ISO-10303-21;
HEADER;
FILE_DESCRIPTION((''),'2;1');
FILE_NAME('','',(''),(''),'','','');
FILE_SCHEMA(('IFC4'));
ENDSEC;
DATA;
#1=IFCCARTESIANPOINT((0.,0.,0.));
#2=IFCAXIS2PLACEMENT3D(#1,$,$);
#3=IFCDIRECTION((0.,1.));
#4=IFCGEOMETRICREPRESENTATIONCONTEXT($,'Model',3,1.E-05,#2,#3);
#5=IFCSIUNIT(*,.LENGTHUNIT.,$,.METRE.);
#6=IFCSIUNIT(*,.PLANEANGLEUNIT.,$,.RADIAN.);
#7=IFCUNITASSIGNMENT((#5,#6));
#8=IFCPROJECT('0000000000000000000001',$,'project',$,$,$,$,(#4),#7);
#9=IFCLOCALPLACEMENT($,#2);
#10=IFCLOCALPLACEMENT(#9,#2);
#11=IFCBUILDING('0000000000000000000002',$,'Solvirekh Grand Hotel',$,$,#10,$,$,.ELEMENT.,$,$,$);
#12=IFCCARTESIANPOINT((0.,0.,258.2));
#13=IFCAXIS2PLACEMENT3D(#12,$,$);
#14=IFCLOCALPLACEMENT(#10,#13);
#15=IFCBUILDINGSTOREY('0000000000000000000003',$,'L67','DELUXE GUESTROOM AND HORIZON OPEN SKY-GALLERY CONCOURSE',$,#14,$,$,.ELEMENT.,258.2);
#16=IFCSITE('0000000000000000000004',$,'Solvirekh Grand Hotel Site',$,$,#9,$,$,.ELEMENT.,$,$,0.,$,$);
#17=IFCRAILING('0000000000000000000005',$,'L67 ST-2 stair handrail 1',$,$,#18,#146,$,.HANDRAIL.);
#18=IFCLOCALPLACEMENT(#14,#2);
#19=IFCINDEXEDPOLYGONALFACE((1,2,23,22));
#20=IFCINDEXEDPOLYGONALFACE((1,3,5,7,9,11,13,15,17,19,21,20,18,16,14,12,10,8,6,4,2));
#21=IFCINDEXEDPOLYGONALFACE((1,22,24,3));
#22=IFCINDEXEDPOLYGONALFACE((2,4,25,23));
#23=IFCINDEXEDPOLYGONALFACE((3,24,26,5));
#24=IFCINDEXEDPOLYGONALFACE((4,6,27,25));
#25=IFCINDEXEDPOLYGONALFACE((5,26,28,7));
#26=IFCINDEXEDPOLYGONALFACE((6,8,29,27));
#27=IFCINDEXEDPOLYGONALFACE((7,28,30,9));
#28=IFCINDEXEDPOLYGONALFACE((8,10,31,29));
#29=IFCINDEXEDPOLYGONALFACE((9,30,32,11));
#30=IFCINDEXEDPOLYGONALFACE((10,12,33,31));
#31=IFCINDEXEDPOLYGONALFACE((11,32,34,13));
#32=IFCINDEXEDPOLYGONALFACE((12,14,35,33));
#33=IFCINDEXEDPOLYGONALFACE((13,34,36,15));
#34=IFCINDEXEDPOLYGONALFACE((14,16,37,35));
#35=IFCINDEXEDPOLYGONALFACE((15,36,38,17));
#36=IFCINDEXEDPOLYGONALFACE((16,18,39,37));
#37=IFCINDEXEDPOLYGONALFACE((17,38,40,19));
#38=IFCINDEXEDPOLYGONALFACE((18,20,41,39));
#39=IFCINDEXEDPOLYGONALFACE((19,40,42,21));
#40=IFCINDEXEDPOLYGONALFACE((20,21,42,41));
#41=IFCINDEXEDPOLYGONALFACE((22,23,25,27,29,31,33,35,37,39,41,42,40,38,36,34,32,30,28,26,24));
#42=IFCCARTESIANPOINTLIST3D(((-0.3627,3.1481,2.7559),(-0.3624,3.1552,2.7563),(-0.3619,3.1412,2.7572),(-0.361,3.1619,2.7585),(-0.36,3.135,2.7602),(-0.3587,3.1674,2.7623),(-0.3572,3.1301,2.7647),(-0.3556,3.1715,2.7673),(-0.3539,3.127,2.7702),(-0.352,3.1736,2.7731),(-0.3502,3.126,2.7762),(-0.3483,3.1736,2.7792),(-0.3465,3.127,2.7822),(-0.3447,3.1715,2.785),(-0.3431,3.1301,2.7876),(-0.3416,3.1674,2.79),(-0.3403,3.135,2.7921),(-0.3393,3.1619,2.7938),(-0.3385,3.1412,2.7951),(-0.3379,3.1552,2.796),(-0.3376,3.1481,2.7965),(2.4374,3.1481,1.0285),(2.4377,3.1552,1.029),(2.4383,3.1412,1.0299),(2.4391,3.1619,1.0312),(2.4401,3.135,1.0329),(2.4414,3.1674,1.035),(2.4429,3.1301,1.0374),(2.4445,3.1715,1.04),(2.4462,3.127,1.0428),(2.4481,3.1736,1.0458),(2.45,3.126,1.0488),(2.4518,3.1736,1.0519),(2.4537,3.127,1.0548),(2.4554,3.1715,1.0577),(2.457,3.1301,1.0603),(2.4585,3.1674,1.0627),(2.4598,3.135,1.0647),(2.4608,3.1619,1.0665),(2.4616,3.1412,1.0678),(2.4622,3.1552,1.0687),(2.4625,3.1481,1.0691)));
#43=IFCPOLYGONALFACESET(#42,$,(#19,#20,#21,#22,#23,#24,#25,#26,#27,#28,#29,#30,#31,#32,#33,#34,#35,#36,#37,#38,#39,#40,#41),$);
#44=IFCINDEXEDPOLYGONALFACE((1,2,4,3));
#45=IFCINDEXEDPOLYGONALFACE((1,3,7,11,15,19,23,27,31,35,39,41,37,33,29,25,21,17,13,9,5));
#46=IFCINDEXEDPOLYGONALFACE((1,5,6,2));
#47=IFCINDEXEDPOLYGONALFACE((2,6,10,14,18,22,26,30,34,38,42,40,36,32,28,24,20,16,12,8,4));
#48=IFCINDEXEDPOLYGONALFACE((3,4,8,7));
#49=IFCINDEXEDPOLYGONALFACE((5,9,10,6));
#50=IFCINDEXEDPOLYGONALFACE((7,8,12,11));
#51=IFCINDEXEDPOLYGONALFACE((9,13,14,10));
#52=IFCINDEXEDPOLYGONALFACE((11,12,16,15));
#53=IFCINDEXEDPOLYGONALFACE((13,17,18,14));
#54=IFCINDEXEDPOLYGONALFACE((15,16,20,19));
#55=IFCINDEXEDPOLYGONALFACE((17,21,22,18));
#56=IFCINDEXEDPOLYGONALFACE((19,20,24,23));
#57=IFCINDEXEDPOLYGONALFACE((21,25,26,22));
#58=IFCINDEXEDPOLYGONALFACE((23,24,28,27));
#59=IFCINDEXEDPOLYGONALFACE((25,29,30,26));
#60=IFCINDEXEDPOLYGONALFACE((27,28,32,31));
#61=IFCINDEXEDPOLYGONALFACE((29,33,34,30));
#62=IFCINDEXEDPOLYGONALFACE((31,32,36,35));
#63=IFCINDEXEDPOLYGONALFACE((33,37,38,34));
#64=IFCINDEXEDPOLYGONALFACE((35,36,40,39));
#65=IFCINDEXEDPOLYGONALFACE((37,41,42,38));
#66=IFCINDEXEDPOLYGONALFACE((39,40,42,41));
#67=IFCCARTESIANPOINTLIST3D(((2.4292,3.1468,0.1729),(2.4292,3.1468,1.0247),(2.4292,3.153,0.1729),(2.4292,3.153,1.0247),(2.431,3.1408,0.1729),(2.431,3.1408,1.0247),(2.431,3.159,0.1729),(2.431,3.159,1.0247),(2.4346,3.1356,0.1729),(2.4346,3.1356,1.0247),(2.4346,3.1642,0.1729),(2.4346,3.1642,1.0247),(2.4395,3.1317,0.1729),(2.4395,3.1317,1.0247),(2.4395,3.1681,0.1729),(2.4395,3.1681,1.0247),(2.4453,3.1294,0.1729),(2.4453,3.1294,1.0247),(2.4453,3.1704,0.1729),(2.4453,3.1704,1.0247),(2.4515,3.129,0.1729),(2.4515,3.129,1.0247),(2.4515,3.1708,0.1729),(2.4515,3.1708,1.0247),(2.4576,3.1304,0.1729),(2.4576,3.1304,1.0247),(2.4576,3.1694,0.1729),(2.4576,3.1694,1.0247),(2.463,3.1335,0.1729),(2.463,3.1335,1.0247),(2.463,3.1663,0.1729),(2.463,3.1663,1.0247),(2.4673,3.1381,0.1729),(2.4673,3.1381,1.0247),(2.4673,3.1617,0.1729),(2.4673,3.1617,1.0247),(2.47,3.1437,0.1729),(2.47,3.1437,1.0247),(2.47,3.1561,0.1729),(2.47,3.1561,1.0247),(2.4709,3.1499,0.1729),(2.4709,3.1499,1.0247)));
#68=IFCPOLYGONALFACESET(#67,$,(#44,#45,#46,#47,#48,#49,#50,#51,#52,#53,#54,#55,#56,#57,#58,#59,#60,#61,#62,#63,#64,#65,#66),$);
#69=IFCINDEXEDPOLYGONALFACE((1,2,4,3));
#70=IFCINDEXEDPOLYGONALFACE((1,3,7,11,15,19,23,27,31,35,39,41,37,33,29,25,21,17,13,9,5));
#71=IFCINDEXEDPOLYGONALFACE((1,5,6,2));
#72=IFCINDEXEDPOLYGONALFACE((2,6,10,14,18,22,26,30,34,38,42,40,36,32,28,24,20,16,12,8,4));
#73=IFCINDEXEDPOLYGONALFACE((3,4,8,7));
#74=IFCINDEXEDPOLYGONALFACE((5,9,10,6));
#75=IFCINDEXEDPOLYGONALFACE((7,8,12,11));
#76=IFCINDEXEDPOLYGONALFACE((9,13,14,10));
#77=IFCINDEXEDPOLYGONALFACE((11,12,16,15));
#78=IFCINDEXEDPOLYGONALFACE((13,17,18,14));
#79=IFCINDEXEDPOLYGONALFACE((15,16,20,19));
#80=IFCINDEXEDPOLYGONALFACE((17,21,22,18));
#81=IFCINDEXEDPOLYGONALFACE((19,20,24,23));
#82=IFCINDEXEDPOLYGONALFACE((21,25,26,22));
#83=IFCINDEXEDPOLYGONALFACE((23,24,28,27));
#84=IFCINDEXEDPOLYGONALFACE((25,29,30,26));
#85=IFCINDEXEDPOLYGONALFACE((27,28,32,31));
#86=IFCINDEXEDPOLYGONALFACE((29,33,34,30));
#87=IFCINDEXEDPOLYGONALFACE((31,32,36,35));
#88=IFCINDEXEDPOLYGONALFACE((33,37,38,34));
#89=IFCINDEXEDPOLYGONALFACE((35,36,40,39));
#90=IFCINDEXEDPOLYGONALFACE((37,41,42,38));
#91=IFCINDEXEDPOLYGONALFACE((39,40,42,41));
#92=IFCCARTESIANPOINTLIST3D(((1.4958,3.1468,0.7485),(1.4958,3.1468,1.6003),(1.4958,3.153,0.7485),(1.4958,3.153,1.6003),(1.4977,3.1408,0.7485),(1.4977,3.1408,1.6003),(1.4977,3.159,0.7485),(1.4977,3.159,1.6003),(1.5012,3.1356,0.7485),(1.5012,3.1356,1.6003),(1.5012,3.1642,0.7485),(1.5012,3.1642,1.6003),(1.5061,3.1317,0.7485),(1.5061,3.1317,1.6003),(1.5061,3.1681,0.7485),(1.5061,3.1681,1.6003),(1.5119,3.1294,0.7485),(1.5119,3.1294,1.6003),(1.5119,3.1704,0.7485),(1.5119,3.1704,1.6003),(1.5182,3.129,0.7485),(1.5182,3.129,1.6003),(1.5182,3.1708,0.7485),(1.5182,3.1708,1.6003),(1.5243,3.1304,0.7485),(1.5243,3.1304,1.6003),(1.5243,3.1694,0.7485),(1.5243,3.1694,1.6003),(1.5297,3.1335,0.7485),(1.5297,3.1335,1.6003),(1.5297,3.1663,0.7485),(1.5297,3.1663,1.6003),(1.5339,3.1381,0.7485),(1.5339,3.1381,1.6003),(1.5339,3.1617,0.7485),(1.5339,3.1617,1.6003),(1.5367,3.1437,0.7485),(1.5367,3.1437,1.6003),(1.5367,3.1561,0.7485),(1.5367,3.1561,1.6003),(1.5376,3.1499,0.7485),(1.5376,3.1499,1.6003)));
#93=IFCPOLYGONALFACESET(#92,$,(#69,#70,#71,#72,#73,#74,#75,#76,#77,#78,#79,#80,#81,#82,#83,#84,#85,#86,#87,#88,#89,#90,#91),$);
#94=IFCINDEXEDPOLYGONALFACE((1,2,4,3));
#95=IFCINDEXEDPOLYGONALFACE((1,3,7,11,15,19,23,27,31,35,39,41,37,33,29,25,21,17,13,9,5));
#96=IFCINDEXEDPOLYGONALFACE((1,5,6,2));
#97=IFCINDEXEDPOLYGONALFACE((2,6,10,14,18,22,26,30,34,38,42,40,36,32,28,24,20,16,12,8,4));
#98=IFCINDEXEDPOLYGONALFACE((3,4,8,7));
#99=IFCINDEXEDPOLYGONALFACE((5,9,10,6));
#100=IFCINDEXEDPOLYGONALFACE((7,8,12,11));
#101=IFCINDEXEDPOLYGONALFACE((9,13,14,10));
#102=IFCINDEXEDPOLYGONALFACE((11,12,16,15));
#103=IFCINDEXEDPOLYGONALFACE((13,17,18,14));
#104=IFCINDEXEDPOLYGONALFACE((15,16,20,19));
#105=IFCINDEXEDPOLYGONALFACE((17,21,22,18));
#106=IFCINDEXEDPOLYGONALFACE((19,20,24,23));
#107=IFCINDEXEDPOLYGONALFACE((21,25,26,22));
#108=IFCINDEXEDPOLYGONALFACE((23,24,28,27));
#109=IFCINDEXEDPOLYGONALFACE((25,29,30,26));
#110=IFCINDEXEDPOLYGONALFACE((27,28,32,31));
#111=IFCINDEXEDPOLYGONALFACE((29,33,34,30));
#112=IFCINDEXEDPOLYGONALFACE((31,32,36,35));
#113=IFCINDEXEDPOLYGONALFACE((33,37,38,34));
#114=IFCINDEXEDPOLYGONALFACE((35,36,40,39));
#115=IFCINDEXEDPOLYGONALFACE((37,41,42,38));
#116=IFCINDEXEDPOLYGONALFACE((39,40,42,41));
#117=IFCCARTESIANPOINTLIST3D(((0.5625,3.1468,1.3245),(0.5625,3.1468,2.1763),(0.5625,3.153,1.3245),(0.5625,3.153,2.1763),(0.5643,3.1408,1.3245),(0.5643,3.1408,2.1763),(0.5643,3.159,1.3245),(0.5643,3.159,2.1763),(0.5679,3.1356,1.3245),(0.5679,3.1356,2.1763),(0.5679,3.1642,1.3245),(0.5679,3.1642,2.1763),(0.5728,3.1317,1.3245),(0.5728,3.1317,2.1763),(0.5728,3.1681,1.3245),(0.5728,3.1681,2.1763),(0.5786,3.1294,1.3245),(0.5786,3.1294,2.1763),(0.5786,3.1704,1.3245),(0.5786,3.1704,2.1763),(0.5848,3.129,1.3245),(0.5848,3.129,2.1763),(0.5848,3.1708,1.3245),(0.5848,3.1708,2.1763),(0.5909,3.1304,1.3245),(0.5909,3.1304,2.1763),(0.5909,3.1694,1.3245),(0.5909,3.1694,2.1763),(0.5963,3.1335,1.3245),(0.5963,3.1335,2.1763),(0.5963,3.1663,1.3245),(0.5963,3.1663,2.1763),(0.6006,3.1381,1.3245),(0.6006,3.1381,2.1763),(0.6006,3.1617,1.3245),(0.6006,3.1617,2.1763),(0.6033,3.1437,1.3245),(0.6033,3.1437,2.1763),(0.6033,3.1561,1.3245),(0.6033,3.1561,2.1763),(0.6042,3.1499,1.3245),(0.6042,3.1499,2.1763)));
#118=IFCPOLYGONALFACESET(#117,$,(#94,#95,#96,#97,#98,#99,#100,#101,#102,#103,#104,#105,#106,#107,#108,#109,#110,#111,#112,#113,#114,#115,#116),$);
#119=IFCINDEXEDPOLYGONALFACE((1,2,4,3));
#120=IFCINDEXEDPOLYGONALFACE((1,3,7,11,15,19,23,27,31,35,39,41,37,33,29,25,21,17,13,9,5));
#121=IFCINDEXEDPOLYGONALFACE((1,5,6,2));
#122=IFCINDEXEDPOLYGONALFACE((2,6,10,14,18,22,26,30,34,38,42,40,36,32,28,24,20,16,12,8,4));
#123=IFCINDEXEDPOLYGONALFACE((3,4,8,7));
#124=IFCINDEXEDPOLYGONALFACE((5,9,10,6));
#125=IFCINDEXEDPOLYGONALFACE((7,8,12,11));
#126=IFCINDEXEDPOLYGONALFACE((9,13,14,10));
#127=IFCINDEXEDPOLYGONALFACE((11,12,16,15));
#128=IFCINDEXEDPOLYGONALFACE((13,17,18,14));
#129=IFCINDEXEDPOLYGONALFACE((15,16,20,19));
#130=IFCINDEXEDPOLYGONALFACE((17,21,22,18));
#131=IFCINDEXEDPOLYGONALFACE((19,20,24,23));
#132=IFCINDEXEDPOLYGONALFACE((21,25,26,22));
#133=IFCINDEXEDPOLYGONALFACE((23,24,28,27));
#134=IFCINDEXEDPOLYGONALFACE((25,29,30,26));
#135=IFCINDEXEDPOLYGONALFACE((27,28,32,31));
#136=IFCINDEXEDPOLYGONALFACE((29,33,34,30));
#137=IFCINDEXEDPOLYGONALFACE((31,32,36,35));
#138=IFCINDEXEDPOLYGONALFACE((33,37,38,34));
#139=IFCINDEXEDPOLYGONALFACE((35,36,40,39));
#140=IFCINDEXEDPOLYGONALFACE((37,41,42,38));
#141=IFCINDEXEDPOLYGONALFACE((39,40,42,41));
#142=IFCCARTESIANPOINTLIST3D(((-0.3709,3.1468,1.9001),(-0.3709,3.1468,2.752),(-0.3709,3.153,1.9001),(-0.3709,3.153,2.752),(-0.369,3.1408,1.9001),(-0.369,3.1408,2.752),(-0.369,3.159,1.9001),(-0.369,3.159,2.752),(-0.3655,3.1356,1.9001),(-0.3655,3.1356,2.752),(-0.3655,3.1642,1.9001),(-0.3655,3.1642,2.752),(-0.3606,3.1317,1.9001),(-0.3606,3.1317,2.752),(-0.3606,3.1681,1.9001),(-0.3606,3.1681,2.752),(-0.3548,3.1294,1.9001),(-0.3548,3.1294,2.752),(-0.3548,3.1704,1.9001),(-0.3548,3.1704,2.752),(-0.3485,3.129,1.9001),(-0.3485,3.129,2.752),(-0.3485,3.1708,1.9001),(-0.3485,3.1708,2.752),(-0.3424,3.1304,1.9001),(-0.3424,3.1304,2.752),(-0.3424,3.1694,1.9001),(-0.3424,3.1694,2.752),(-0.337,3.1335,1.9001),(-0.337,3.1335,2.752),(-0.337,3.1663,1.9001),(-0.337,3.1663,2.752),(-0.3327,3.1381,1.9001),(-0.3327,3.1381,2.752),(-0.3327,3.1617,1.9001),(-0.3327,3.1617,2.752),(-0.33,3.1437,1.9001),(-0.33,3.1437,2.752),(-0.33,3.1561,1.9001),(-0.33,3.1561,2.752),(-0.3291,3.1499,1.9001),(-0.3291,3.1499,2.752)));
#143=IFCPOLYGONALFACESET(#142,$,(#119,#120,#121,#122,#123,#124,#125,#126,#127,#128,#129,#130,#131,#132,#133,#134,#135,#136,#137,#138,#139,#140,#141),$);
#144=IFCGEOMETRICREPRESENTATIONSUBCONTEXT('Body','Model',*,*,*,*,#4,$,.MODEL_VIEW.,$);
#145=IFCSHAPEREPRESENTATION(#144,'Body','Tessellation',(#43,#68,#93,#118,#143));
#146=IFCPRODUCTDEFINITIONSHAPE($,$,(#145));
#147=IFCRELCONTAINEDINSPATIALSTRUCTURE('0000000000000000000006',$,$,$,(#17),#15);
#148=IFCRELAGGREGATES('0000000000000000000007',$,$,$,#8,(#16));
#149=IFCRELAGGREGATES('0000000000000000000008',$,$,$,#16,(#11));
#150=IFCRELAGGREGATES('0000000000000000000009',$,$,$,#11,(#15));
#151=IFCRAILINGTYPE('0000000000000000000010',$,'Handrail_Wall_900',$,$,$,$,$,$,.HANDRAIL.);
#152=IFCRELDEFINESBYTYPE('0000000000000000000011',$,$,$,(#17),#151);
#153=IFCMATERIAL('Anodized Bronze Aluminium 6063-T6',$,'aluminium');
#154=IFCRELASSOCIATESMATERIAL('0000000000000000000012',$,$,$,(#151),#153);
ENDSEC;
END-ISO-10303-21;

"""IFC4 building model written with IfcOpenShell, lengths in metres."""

from ifc_helpers import new_model, si_unit, direction, frame, origin, origin_2d, place, context, subcontext, project, spatial, circle, extrude, material, type_object, element, save


model = new_model("IFC4")

# Units and contexts
model_context = context("Model", 3, precision=1e-05, world=origin(), true_north=direction((0.0, 1.0)))
body_context = subcontext(model_context, "Body", "Model", "MODEL_VIEW")
ifc_project = project(units=[si_unit("LENGTHUNIT", "METRE"), si_unit("PLANEANGLEUNIT", "RADIAN")], contexts=[model_context])

# Site, building, storey
site_placement = place(None, origin())
site = spatial("IfcSite", under=ifc_project, at=site_placement, Name="Solvirekh Grand Hotel Site", CompositionType="ELEMENT", RefElevation=0.0)
building_placement = place(site_placement, origin())
building = spatial("IfcBuilding", under=site, at=building_placement, Name="Solvirekh Grand Hotel", CompositionType="ELEMENT")
storey_placement = place(building_placement, frame((0.0, 0.0, 258.2)))
storey = spatial("IfcBuildingStorey", under=building, at=storey_placement, Name="L67", Description="DELUXE GUESTROOM AND HORIZON OPEN SKY-GALLERY CONCOURSE", CompositionType="ELEMENT", Elevation=258.2)

# Railing
ifc_material_1 = material(Name="Anodized Bronze Aluminium 6063-T6", Category="aluminium")
railing_type_1 = type_object("IfcRailingType", Name="Handrail_Wall_900", PredefinedType="HANDRAIL", material=ifc_material_1)
railing_1_placement = place(storey_placement, frame((2.45, 3.1499, 0.1729)))
element("IfcRailing", 1, at=railing_1_placement, inside=storey, type_object=railing_type_1, Name="L67 ST-2 stair handrail 1", PredefinedType="HANDRAIL", context=body_context, shape_type="SweptSolid", body=[
    extrude(circle(Radius=0.0239, at=origin_2d()), frame((0.0, 0.0, 0.876), z_axis=(-0.85109, 0.0, 0.52502), x_axis=(0.0, -1.0, 0.0)), (0.0, 0.0, 1.0), 3.29),
    extrude(circle(Radius=0.021, at=origin_2d()), origin(), (0.0, 0.0, 1.0), 0.8518),
    extrude(circle(Radius=0.021, at=origin_2d()), frame((-0.9333, 0.0, 0.5757)), (0.0, 0.0, 1.0), 0.8518),
    extrude(circle(Radius=0.021, at=origin_2d()), frame((-1.8667, 0.0, 1.1516)), (0.0, 0.0, 1.0), 0.8518),
    extrude(circle(Radius=0.021, at=origin_2d()), frame((-2.8, 0.0, 1.7273)), (0.0, 0.0, 1.0), 0.8518),
])

save(model, "model.ifc")
